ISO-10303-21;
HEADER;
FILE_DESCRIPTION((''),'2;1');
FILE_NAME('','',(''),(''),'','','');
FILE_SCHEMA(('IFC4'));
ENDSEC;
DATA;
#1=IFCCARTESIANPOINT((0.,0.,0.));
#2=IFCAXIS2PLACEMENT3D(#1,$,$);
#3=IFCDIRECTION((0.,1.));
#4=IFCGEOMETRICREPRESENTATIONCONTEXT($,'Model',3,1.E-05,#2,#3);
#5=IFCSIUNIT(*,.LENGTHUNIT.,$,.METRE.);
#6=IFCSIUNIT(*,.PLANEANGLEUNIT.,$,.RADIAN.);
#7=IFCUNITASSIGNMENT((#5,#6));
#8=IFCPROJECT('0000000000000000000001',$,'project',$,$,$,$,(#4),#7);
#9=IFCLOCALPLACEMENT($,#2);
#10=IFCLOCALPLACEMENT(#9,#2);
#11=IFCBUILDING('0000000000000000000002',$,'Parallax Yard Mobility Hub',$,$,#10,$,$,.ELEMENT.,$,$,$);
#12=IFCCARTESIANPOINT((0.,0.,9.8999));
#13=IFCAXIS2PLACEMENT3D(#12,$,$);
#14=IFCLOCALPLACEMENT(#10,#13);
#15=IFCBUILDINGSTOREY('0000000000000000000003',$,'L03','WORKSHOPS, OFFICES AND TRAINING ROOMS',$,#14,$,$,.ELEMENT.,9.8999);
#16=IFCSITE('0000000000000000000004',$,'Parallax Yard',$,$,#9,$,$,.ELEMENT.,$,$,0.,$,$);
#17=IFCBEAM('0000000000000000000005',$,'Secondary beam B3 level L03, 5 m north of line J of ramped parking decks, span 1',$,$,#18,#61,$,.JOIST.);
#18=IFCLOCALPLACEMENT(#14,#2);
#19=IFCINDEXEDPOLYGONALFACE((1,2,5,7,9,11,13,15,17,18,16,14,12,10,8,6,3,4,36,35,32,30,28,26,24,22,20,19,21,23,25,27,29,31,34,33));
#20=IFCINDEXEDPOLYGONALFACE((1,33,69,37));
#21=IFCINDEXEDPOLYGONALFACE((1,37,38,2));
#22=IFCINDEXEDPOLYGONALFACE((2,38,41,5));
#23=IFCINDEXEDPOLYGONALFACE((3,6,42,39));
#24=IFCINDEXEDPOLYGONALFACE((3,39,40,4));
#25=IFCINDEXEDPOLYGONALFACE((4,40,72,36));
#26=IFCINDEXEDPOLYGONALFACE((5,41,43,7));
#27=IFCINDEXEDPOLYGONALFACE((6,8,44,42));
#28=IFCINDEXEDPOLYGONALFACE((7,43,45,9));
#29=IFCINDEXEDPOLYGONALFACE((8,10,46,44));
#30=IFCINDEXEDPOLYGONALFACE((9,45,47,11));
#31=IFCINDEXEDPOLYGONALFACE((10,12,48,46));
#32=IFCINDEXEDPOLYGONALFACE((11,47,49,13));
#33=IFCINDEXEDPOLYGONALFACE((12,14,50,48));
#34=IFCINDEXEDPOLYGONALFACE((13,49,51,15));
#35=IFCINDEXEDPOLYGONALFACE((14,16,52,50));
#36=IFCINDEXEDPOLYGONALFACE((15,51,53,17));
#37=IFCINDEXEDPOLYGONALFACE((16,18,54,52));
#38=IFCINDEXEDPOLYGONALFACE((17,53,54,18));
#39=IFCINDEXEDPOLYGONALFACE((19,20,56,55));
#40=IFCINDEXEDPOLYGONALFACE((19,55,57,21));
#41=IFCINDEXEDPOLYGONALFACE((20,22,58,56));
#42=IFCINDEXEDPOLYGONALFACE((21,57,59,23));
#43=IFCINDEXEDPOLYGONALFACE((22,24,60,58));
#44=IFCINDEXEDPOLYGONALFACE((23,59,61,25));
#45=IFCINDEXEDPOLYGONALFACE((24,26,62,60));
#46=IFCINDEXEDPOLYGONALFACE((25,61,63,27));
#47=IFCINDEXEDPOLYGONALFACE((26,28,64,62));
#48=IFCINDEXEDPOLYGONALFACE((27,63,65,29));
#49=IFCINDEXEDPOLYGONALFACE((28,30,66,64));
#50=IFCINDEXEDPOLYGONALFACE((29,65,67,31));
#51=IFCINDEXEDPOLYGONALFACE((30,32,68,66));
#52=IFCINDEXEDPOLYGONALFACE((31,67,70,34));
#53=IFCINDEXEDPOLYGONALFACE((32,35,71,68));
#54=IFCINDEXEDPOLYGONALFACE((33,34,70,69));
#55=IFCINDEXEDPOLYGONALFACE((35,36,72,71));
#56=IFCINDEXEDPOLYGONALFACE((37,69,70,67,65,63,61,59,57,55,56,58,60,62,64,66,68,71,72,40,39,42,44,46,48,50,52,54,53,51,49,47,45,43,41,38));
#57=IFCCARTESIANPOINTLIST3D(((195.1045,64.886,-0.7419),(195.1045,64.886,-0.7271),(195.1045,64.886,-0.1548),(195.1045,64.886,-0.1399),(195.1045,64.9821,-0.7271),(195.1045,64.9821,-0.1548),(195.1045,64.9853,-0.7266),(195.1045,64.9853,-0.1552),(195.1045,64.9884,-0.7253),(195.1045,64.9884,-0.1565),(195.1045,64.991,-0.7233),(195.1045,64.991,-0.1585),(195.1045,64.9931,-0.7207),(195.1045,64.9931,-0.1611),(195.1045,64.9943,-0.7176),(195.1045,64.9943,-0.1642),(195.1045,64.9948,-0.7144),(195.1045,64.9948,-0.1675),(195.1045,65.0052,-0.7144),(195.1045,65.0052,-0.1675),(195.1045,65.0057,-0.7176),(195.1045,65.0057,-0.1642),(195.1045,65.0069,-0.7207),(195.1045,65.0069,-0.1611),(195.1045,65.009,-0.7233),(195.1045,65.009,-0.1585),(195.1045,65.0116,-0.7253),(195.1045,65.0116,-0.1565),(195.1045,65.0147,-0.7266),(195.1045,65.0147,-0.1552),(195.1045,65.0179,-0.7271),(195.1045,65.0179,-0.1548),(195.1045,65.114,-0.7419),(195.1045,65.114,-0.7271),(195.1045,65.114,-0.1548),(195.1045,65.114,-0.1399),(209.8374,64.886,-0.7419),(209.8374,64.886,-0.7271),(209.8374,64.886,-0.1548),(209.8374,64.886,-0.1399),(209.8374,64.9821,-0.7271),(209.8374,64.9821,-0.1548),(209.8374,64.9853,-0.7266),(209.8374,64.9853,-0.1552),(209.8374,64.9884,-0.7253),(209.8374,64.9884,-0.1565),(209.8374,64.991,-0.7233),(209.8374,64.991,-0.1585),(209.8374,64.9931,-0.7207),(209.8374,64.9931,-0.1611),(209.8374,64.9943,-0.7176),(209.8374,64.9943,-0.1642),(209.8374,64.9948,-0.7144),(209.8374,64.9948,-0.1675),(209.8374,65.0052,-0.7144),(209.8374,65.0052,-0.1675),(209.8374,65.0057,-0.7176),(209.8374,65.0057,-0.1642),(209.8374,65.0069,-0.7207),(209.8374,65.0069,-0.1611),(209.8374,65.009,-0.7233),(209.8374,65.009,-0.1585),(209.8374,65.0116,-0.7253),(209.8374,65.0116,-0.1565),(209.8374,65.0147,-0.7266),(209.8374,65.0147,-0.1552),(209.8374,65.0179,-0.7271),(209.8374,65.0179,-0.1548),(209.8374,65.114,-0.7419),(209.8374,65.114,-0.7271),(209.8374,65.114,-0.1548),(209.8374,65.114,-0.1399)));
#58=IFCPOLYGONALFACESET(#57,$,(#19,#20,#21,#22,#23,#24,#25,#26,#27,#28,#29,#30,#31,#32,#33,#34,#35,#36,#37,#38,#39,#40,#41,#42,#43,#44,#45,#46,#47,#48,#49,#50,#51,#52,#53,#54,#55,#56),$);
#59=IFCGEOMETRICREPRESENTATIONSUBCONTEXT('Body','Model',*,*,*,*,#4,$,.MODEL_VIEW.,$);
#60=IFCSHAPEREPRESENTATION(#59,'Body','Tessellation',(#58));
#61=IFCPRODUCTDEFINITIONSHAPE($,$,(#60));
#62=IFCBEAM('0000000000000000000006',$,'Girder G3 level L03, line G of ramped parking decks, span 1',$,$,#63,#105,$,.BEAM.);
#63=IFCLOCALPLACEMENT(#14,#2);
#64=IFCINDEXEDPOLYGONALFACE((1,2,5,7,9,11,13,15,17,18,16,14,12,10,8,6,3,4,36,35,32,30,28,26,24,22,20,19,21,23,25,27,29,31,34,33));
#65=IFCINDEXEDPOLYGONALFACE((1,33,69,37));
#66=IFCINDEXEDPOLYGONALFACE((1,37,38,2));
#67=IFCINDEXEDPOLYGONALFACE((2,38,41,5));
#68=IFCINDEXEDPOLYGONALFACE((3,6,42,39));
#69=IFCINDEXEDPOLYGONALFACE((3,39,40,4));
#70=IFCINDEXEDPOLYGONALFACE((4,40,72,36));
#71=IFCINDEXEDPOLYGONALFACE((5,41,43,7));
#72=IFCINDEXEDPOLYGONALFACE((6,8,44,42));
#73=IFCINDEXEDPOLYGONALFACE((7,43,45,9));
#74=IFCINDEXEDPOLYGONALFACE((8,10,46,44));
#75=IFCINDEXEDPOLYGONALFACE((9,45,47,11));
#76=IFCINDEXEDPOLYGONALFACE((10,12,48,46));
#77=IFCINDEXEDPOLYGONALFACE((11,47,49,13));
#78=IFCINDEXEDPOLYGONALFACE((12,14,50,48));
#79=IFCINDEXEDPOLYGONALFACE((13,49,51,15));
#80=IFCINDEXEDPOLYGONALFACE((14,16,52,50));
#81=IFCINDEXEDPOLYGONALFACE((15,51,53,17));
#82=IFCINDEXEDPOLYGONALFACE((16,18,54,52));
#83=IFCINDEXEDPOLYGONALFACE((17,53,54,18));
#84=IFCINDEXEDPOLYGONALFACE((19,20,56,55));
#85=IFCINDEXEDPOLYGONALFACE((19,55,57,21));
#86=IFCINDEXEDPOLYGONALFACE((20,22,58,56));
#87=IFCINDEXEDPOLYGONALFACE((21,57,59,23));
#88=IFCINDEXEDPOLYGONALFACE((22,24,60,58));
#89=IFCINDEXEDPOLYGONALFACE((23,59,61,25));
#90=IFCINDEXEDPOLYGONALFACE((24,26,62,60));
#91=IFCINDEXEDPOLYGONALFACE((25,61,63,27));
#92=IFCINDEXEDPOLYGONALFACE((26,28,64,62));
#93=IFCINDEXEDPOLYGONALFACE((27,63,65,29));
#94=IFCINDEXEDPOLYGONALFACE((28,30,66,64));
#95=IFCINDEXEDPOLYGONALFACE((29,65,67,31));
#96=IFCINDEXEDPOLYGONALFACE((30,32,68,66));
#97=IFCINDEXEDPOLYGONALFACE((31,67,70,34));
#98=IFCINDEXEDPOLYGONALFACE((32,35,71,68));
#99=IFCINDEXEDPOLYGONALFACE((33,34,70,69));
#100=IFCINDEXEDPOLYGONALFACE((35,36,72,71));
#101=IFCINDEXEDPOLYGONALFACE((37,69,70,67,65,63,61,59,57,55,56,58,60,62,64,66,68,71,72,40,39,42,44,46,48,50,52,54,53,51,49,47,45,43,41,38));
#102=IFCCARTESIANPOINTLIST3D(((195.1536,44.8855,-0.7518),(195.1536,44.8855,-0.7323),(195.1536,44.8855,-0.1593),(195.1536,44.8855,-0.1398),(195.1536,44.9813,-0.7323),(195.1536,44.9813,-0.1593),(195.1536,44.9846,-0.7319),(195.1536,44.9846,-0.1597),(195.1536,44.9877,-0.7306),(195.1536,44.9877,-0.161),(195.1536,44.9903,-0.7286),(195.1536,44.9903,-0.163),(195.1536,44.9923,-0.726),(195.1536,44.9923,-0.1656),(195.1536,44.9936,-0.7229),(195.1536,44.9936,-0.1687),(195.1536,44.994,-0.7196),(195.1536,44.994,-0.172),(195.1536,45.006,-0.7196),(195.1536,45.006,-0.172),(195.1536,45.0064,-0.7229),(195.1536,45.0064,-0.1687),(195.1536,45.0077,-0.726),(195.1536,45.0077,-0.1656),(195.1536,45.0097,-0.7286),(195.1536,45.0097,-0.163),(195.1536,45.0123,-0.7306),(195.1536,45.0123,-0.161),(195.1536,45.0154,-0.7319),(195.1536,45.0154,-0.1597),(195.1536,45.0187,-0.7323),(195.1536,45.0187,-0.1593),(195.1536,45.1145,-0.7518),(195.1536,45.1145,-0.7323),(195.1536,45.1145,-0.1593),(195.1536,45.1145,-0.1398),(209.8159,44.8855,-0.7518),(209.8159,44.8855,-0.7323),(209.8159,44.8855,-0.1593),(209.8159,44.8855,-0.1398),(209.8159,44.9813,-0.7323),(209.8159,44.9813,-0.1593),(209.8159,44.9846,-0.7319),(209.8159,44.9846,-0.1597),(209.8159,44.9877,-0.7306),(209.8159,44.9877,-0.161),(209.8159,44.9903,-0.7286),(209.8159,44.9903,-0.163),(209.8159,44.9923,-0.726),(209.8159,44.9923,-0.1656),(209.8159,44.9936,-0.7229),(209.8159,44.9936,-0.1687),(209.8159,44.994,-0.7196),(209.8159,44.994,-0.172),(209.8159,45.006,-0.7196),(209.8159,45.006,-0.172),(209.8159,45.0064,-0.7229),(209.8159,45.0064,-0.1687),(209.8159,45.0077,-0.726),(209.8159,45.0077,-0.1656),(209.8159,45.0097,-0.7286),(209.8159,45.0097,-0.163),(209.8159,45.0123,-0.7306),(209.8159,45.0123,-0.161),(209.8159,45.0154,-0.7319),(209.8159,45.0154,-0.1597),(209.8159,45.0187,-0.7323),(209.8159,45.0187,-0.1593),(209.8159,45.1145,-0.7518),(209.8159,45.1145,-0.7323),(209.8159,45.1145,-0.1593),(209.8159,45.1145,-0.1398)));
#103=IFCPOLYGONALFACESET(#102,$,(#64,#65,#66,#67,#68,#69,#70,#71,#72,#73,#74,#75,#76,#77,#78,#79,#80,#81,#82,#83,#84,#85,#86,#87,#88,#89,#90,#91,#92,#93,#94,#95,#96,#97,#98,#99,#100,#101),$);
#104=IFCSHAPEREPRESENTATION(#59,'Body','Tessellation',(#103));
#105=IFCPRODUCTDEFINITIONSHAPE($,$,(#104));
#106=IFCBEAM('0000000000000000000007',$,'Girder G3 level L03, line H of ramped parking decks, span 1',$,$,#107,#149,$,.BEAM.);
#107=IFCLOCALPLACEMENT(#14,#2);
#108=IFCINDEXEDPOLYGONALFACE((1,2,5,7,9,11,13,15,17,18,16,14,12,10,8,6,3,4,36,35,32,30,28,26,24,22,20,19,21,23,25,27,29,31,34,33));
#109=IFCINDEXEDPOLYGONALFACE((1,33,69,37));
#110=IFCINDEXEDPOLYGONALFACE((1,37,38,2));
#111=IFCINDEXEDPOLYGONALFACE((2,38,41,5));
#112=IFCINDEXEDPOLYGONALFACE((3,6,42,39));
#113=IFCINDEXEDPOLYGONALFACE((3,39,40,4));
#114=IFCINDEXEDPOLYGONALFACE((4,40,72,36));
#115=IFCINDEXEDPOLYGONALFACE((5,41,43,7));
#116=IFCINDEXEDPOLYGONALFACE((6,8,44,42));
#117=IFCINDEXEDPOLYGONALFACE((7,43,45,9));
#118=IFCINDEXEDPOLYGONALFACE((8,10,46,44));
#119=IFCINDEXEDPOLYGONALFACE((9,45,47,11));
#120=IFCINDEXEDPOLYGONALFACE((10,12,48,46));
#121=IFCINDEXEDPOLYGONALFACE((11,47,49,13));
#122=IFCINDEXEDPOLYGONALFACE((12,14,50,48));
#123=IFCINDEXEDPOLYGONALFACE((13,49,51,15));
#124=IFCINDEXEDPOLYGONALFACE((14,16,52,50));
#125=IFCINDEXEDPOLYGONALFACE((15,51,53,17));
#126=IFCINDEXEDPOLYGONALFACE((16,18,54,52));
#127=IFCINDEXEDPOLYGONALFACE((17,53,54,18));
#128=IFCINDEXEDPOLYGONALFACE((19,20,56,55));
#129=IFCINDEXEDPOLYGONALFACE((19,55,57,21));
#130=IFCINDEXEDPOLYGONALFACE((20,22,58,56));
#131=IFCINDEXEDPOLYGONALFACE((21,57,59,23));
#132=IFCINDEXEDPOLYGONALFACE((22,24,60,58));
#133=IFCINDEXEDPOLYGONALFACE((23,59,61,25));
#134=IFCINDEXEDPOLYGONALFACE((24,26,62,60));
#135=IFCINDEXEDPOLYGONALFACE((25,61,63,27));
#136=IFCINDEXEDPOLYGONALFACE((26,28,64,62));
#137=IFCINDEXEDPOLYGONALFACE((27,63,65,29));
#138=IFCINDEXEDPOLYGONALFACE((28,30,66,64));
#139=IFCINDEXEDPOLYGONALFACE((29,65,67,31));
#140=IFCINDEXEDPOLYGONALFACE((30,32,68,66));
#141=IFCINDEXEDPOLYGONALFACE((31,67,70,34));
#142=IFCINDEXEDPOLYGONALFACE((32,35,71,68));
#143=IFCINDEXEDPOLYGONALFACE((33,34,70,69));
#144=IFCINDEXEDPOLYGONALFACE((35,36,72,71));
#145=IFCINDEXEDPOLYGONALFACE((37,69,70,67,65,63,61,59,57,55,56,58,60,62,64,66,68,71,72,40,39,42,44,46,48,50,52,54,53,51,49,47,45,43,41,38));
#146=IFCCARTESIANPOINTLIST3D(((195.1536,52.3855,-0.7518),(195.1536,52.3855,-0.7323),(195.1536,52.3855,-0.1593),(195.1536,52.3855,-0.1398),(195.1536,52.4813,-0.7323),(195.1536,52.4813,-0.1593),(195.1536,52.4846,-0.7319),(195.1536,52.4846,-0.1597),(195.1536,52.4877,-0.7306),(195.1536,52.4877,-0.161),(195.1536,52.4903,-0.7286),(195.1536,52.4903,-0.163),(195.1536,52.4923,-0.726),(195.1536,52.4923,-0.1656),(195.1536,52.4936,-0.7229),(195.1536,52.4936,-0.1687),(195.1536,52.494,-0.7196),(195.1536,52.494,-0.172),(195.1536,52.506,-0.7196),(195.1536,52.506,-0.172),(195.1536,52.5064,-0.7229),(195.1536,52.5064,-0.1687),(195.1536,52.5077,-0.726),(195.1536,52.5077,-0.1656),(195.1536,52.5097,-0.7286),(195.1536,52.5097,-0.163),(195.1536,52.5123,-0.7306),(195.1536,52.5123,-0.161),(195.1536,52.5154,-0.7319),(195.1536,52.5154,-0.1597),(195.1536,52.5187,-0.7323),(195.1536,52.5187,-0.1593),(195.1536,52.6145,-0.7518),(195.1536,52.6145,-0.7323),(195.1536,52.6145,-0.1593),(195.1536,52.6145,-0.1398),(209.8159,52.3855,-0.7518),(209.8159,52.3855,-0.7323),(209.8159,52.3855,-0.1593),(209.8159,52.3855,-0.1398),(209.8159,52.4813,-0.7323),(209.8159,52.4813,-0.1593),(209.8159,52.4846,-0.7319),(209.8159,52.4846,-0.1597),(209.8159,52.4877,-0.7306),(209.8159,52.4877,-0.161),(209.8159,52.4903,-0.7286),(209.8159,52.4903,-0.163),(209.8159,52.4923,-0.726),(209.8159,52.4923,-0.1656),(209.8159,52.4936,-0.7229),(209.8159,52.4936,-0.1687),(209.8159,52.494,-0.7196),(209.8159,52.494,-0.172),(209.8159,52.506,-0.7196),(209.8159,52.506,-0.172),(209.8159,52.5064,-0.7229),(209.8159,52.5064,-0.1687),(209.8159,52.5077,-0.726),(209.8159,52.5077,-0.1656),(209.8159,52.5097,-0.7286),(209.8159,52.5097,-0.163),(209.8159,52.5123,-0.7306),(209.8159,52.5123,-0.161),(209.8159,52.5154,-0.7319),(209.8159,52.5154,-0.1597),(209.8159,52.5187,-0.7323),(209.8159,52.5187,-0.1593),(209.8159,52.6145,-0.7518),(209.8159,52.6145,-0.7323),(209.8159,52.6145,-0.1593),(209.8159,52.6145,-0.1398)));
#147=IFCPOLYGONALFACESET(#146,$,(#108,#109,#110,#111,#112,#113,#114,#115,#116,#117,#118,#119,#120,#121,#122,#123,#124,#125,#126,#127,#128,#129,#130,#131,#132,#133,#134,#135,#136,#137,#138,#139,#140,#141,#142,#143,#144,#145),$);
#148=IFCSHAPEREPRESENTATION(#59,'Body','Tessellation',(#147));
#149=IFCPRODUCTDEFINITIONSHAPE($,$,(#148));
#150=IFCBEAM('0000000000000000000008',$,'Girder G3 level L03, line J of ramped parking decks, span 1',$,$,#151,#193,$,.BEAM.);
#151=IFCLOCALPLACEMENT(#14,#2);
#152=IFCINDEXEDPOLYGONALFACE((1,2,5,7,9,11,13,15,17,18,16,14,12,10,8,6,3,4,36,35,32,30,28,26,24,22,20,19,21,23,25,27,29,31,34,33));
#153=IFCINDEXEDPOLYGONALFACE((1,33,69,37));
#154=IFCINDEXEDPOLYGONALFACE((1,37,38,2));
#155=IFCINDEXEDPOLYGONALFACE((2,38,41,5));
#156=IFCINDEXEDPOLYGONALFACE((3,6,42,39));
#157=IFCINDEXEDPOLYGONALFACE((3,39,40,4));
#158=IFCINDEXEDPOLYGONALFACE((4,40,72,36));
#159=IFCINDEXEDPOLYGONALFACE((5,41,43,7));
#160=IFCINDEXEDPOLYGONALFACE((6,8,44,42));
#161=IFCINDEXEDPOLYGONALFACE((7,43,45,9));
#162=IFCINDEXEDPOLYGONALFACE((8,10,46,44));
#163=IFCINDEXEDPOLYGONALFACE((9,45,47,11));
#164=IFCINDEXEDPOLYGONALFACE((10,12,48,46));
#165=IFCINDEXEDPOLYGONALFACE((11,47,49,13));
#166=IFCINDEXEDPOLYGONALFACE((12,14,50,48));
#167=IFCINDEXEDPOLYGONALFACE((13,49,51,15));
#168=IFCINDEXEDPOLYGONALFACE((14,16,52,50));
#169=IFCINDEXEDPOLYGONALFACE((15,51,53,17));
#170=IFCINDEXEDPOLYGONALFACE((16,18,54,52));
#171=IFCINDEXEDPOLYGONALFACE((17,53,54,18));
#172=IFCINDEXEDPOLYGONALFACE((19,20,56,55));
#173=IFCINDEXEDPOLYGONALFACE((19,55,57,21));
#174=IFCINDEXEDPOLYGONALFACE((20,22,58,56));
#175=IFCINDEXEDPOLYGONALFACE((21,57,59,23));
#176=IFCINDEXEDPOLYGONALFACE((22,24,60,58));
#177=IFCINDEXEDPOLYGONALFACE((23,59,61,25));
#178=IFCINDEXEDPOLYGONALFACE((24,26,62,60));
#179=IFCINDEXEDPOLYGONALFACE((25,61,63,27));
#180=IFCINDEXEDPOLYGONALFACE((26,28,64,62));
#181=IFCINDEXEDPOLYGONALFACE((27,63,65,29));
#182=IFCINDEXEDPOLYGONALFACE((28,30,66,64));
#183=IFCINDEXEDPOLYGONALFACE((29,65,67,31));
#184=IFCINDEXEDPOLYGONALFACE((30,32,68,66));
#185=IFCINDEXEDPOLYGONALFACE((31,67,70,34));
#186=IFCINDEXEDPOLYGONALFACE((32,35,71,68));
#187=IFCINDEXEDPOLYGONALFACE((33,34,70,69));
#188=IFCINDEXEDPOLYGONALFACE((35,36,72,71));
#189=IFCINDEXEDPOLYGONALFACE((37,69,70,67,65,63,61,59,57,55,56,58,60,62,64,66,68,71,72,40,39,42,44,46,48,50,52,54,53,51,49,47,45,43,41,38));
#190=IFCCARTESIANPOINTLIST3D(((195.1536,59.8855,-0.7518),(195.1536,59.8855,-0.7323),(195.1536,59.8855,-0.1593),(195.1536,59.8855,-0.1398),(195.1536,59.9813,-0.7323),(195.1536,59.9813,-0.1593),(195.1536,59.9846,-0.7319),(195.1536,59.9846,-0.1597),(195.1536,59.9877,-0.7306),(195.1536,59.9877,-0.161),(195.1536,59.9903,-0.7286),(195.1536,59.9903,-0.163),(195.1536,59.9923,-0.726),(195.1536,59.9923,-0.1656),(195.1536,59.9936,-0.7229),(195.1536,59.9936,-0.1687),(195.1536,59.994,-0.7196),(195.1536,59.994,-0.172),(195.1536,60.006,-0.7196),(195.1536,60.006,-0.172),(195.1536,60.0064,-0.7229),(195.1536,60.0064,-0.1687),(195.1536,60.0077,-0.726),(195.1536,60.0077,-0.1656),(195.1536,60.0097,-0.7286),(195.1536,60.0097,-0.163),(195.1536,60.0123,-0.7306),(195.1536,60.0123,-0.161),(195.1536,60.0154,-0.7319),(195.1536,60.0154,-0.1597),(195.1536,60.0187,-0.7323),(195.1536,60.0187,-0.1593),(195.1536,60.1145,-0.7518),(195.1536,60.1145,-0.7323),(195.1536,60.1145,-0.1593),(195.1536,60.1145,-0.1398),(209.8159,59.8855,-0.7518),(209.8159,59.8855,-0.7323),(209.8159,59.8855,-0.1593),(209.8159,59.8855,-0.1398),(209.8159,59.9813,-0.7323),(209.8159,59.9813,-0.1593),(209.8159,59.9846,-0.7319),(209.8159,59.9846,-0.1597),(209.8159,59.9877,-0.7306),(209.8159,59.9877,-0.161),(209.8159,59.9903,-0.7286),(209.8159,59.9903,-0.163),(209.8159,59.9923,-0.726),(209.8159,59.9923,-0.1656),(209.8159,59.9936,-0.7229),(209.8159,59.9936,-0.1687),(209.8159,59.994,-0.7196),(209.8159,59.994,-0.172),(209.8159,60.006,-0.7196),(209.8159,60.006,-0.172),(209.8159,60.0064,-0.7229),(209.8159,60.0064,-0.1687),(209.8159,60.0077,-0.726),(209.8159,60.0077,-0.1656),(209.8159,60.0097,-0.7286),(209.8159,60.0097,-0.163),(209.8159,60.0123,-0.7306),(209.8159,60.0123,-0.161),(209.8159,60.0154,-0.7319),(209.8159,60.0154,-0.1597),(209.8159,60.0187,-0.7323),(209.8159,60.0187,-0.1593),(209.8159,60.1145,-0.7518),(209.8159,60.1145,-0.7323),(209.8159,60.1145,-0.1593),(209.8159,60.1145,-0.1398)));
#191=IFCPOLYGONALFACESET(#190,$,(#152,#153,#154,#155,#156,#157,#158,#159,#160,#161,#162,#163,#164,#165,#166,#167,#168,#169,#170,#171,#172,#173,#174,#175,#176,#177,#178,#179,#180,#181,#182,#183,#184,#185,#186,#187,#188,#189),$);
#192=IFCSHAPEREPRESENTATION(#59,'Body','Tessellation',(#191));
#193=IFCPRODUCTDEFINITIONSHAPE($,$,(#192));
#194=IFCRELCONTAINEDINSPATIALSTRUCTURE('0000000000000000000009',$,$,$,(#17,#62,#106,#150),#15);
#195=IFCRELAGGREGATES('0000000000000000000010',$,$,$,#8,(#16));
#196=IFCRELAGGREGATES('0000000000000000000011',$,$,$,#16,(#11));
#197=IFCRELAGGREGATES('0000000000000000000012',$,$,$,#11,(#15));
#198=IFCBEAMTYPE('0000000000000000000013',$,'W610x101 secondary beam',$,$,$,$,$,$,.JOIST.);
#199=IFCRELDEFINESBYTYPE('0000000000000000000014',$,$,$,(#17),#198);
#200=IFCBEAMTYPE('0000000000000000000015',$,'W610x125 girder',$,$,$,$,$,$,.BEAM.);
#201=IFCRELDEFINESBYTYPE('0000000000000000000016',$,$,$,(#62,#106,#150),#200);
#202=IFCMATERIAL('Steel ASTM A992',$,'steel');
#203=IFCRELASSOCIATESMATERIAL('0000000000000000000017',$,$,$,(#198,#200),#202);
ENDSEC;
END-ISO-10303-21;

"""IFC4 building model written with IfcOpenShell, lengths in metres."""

from ifc_helpers import new_model, si_unit, direction, frame, origin, origin_2d, place, context, subcontext, project, spatial, i_section, extrude, material, material_profile, profile_set, type_object, element, save


model = new_model("IFC4")

# Units and contexts
model_context = context("Model", 3, precision=1e-05, world=origin(), true_north=direction((0.0, 1.0)))
body_context = subcontext(model_context, "Body", "Model", "MODEL_VIEW")
ifc_project = project(units=[si_unit("LENGTHUNIT", "METRE"), si_unit("PLANEANGLEUNIT", "RADIAN")], contexts=[model_context])

# Site, building, storey
site_placement = place(None, origin())
site = spatial("IfcSite", under=ifc_project, at=site_placement, Name="Parallax Yard", CompositionType="ELEMENT", RefElevation=0.0)
building_placement = place(site_placement, origin())
building = spatial("IfcBuilding", under=site, at=building_placement, Name="Parallax Yard Mobility Hub", CompositionType="ELEMENT")
storey_placement = place(building_placement, frame((0.0, 0.0, 9.8999)))
storey = spatial("IfcBuildingStorey", under=building, at=storey_placement, Name="L03", Description="WORKSHOPS, OFFICES AND TRAINING ROOMS", CompositionType="ELEMENT", Elevation=9.8999)

# Shared definitions
ifc_material_1 = material(Name="Steel ASTM A992", Category="steel")

# Beams
ifc_material_profile_1 = material_profile(ifc_material_1, i_section(OverallWidth=0.228, OverallDepth=0.6021, WebThickness=0.0105, FlangeThickness=0.0149, FilletRadius=0.0127, at=origin_2d()), Name="W610x101")
ifc_profile_set_1 = profile_set([ifc_material_profile_1], Name="Steel ASTM A992")
beam_type_1 = type_object("IfcBeamType", Name="W610x101 secondary beam", PredefinedType="JOIST", material=ifc_profile_set_1)
for number, where, z_axis, x_axis, name in (
    (1, (195.1045, 65.0, -0.4409), (1.0, 0.0, 0.0), (0.0, 1.0, 0.0), "Secondary beam B3 level L03, 5 m north of line J of ramped parking decks, span 1"),
):
    element("IfcBeam", number, at=place(storey_placement, frame(where, z_axis=z_axis, x_axis=x_axis)), inside=storey, type_object=beam_type_1, Name=name, PredefinedType="JOIST", context=body_context, shape_type="SweptSolid", body=[
        extrude(i_section(OverallWidth=0.228, OverallDepth=0.6021, WebThickness=0.0105, FlangeThickness=0.0149, FilletRadius=0.0127, at=origin_2d()), origin(), (0.0, 0.0, 1.0), 14.7329),
    ])
ifc_material_profile_2 = material_profile(ifc_material_1, i_section(OverallWidth=0.229, OverallDepth=0.6121, WebThickness=0.012, FlangeThickness=0.0195, FilletRadius=0.0127, at=origin_2d()), Name="W610x125")
ifc_profile_set_2 = profile_set([ifc_material_profile_2], Name="Steel ASTM A992")
beam_type_2 = type_object("IfcBeamType", Name="W610x125 girder", PredefinedType="BEAM", material=ifc_profile_set_2)
for number, where, z_axis, x_axis, name in (
    (2, (195.1536, 45.0, -0.4458), (1.0, 0.0, 0.0), (0.0, 1.0, 0.0), "Girder G3 level L03, line G of ramped parking decks, span 1"),
    (3, (195.1536, 52.5, -0.4458), (1.0, 0.0, 0.0), (0.0, 1.0, 0.0), "Girder G3 level L03, line H of ramped parking decks, span 1"),
    (4, (195.1536, 60.0, -0.4458), (1.0, 0.0, 0.0), (0.0, 1.0, 0.0), "Girder G3 level L03, line J of ramped parking decks, span 1"),
):
    element("IfcBeam", number, at=place(storey_placement, frame(where, z_axis=z_axis, x_axis=x_axis)), inside=storey, type_object=beam_type_2, Name=name, PredefinedType="BEAM", context=body_context, shape_type="SweptSolid", body=[
        extrude(i_section(OverallWidth=0.229, OverallDepth=0.6121, WebThickness=0.012, FlangeThickness=0.0195, FilletRadius=0.0127, at=origin_2d()), origin(), (0.0, 0.0, 1.0), 14.6624),
    ])

save(model, "model.ifc")
